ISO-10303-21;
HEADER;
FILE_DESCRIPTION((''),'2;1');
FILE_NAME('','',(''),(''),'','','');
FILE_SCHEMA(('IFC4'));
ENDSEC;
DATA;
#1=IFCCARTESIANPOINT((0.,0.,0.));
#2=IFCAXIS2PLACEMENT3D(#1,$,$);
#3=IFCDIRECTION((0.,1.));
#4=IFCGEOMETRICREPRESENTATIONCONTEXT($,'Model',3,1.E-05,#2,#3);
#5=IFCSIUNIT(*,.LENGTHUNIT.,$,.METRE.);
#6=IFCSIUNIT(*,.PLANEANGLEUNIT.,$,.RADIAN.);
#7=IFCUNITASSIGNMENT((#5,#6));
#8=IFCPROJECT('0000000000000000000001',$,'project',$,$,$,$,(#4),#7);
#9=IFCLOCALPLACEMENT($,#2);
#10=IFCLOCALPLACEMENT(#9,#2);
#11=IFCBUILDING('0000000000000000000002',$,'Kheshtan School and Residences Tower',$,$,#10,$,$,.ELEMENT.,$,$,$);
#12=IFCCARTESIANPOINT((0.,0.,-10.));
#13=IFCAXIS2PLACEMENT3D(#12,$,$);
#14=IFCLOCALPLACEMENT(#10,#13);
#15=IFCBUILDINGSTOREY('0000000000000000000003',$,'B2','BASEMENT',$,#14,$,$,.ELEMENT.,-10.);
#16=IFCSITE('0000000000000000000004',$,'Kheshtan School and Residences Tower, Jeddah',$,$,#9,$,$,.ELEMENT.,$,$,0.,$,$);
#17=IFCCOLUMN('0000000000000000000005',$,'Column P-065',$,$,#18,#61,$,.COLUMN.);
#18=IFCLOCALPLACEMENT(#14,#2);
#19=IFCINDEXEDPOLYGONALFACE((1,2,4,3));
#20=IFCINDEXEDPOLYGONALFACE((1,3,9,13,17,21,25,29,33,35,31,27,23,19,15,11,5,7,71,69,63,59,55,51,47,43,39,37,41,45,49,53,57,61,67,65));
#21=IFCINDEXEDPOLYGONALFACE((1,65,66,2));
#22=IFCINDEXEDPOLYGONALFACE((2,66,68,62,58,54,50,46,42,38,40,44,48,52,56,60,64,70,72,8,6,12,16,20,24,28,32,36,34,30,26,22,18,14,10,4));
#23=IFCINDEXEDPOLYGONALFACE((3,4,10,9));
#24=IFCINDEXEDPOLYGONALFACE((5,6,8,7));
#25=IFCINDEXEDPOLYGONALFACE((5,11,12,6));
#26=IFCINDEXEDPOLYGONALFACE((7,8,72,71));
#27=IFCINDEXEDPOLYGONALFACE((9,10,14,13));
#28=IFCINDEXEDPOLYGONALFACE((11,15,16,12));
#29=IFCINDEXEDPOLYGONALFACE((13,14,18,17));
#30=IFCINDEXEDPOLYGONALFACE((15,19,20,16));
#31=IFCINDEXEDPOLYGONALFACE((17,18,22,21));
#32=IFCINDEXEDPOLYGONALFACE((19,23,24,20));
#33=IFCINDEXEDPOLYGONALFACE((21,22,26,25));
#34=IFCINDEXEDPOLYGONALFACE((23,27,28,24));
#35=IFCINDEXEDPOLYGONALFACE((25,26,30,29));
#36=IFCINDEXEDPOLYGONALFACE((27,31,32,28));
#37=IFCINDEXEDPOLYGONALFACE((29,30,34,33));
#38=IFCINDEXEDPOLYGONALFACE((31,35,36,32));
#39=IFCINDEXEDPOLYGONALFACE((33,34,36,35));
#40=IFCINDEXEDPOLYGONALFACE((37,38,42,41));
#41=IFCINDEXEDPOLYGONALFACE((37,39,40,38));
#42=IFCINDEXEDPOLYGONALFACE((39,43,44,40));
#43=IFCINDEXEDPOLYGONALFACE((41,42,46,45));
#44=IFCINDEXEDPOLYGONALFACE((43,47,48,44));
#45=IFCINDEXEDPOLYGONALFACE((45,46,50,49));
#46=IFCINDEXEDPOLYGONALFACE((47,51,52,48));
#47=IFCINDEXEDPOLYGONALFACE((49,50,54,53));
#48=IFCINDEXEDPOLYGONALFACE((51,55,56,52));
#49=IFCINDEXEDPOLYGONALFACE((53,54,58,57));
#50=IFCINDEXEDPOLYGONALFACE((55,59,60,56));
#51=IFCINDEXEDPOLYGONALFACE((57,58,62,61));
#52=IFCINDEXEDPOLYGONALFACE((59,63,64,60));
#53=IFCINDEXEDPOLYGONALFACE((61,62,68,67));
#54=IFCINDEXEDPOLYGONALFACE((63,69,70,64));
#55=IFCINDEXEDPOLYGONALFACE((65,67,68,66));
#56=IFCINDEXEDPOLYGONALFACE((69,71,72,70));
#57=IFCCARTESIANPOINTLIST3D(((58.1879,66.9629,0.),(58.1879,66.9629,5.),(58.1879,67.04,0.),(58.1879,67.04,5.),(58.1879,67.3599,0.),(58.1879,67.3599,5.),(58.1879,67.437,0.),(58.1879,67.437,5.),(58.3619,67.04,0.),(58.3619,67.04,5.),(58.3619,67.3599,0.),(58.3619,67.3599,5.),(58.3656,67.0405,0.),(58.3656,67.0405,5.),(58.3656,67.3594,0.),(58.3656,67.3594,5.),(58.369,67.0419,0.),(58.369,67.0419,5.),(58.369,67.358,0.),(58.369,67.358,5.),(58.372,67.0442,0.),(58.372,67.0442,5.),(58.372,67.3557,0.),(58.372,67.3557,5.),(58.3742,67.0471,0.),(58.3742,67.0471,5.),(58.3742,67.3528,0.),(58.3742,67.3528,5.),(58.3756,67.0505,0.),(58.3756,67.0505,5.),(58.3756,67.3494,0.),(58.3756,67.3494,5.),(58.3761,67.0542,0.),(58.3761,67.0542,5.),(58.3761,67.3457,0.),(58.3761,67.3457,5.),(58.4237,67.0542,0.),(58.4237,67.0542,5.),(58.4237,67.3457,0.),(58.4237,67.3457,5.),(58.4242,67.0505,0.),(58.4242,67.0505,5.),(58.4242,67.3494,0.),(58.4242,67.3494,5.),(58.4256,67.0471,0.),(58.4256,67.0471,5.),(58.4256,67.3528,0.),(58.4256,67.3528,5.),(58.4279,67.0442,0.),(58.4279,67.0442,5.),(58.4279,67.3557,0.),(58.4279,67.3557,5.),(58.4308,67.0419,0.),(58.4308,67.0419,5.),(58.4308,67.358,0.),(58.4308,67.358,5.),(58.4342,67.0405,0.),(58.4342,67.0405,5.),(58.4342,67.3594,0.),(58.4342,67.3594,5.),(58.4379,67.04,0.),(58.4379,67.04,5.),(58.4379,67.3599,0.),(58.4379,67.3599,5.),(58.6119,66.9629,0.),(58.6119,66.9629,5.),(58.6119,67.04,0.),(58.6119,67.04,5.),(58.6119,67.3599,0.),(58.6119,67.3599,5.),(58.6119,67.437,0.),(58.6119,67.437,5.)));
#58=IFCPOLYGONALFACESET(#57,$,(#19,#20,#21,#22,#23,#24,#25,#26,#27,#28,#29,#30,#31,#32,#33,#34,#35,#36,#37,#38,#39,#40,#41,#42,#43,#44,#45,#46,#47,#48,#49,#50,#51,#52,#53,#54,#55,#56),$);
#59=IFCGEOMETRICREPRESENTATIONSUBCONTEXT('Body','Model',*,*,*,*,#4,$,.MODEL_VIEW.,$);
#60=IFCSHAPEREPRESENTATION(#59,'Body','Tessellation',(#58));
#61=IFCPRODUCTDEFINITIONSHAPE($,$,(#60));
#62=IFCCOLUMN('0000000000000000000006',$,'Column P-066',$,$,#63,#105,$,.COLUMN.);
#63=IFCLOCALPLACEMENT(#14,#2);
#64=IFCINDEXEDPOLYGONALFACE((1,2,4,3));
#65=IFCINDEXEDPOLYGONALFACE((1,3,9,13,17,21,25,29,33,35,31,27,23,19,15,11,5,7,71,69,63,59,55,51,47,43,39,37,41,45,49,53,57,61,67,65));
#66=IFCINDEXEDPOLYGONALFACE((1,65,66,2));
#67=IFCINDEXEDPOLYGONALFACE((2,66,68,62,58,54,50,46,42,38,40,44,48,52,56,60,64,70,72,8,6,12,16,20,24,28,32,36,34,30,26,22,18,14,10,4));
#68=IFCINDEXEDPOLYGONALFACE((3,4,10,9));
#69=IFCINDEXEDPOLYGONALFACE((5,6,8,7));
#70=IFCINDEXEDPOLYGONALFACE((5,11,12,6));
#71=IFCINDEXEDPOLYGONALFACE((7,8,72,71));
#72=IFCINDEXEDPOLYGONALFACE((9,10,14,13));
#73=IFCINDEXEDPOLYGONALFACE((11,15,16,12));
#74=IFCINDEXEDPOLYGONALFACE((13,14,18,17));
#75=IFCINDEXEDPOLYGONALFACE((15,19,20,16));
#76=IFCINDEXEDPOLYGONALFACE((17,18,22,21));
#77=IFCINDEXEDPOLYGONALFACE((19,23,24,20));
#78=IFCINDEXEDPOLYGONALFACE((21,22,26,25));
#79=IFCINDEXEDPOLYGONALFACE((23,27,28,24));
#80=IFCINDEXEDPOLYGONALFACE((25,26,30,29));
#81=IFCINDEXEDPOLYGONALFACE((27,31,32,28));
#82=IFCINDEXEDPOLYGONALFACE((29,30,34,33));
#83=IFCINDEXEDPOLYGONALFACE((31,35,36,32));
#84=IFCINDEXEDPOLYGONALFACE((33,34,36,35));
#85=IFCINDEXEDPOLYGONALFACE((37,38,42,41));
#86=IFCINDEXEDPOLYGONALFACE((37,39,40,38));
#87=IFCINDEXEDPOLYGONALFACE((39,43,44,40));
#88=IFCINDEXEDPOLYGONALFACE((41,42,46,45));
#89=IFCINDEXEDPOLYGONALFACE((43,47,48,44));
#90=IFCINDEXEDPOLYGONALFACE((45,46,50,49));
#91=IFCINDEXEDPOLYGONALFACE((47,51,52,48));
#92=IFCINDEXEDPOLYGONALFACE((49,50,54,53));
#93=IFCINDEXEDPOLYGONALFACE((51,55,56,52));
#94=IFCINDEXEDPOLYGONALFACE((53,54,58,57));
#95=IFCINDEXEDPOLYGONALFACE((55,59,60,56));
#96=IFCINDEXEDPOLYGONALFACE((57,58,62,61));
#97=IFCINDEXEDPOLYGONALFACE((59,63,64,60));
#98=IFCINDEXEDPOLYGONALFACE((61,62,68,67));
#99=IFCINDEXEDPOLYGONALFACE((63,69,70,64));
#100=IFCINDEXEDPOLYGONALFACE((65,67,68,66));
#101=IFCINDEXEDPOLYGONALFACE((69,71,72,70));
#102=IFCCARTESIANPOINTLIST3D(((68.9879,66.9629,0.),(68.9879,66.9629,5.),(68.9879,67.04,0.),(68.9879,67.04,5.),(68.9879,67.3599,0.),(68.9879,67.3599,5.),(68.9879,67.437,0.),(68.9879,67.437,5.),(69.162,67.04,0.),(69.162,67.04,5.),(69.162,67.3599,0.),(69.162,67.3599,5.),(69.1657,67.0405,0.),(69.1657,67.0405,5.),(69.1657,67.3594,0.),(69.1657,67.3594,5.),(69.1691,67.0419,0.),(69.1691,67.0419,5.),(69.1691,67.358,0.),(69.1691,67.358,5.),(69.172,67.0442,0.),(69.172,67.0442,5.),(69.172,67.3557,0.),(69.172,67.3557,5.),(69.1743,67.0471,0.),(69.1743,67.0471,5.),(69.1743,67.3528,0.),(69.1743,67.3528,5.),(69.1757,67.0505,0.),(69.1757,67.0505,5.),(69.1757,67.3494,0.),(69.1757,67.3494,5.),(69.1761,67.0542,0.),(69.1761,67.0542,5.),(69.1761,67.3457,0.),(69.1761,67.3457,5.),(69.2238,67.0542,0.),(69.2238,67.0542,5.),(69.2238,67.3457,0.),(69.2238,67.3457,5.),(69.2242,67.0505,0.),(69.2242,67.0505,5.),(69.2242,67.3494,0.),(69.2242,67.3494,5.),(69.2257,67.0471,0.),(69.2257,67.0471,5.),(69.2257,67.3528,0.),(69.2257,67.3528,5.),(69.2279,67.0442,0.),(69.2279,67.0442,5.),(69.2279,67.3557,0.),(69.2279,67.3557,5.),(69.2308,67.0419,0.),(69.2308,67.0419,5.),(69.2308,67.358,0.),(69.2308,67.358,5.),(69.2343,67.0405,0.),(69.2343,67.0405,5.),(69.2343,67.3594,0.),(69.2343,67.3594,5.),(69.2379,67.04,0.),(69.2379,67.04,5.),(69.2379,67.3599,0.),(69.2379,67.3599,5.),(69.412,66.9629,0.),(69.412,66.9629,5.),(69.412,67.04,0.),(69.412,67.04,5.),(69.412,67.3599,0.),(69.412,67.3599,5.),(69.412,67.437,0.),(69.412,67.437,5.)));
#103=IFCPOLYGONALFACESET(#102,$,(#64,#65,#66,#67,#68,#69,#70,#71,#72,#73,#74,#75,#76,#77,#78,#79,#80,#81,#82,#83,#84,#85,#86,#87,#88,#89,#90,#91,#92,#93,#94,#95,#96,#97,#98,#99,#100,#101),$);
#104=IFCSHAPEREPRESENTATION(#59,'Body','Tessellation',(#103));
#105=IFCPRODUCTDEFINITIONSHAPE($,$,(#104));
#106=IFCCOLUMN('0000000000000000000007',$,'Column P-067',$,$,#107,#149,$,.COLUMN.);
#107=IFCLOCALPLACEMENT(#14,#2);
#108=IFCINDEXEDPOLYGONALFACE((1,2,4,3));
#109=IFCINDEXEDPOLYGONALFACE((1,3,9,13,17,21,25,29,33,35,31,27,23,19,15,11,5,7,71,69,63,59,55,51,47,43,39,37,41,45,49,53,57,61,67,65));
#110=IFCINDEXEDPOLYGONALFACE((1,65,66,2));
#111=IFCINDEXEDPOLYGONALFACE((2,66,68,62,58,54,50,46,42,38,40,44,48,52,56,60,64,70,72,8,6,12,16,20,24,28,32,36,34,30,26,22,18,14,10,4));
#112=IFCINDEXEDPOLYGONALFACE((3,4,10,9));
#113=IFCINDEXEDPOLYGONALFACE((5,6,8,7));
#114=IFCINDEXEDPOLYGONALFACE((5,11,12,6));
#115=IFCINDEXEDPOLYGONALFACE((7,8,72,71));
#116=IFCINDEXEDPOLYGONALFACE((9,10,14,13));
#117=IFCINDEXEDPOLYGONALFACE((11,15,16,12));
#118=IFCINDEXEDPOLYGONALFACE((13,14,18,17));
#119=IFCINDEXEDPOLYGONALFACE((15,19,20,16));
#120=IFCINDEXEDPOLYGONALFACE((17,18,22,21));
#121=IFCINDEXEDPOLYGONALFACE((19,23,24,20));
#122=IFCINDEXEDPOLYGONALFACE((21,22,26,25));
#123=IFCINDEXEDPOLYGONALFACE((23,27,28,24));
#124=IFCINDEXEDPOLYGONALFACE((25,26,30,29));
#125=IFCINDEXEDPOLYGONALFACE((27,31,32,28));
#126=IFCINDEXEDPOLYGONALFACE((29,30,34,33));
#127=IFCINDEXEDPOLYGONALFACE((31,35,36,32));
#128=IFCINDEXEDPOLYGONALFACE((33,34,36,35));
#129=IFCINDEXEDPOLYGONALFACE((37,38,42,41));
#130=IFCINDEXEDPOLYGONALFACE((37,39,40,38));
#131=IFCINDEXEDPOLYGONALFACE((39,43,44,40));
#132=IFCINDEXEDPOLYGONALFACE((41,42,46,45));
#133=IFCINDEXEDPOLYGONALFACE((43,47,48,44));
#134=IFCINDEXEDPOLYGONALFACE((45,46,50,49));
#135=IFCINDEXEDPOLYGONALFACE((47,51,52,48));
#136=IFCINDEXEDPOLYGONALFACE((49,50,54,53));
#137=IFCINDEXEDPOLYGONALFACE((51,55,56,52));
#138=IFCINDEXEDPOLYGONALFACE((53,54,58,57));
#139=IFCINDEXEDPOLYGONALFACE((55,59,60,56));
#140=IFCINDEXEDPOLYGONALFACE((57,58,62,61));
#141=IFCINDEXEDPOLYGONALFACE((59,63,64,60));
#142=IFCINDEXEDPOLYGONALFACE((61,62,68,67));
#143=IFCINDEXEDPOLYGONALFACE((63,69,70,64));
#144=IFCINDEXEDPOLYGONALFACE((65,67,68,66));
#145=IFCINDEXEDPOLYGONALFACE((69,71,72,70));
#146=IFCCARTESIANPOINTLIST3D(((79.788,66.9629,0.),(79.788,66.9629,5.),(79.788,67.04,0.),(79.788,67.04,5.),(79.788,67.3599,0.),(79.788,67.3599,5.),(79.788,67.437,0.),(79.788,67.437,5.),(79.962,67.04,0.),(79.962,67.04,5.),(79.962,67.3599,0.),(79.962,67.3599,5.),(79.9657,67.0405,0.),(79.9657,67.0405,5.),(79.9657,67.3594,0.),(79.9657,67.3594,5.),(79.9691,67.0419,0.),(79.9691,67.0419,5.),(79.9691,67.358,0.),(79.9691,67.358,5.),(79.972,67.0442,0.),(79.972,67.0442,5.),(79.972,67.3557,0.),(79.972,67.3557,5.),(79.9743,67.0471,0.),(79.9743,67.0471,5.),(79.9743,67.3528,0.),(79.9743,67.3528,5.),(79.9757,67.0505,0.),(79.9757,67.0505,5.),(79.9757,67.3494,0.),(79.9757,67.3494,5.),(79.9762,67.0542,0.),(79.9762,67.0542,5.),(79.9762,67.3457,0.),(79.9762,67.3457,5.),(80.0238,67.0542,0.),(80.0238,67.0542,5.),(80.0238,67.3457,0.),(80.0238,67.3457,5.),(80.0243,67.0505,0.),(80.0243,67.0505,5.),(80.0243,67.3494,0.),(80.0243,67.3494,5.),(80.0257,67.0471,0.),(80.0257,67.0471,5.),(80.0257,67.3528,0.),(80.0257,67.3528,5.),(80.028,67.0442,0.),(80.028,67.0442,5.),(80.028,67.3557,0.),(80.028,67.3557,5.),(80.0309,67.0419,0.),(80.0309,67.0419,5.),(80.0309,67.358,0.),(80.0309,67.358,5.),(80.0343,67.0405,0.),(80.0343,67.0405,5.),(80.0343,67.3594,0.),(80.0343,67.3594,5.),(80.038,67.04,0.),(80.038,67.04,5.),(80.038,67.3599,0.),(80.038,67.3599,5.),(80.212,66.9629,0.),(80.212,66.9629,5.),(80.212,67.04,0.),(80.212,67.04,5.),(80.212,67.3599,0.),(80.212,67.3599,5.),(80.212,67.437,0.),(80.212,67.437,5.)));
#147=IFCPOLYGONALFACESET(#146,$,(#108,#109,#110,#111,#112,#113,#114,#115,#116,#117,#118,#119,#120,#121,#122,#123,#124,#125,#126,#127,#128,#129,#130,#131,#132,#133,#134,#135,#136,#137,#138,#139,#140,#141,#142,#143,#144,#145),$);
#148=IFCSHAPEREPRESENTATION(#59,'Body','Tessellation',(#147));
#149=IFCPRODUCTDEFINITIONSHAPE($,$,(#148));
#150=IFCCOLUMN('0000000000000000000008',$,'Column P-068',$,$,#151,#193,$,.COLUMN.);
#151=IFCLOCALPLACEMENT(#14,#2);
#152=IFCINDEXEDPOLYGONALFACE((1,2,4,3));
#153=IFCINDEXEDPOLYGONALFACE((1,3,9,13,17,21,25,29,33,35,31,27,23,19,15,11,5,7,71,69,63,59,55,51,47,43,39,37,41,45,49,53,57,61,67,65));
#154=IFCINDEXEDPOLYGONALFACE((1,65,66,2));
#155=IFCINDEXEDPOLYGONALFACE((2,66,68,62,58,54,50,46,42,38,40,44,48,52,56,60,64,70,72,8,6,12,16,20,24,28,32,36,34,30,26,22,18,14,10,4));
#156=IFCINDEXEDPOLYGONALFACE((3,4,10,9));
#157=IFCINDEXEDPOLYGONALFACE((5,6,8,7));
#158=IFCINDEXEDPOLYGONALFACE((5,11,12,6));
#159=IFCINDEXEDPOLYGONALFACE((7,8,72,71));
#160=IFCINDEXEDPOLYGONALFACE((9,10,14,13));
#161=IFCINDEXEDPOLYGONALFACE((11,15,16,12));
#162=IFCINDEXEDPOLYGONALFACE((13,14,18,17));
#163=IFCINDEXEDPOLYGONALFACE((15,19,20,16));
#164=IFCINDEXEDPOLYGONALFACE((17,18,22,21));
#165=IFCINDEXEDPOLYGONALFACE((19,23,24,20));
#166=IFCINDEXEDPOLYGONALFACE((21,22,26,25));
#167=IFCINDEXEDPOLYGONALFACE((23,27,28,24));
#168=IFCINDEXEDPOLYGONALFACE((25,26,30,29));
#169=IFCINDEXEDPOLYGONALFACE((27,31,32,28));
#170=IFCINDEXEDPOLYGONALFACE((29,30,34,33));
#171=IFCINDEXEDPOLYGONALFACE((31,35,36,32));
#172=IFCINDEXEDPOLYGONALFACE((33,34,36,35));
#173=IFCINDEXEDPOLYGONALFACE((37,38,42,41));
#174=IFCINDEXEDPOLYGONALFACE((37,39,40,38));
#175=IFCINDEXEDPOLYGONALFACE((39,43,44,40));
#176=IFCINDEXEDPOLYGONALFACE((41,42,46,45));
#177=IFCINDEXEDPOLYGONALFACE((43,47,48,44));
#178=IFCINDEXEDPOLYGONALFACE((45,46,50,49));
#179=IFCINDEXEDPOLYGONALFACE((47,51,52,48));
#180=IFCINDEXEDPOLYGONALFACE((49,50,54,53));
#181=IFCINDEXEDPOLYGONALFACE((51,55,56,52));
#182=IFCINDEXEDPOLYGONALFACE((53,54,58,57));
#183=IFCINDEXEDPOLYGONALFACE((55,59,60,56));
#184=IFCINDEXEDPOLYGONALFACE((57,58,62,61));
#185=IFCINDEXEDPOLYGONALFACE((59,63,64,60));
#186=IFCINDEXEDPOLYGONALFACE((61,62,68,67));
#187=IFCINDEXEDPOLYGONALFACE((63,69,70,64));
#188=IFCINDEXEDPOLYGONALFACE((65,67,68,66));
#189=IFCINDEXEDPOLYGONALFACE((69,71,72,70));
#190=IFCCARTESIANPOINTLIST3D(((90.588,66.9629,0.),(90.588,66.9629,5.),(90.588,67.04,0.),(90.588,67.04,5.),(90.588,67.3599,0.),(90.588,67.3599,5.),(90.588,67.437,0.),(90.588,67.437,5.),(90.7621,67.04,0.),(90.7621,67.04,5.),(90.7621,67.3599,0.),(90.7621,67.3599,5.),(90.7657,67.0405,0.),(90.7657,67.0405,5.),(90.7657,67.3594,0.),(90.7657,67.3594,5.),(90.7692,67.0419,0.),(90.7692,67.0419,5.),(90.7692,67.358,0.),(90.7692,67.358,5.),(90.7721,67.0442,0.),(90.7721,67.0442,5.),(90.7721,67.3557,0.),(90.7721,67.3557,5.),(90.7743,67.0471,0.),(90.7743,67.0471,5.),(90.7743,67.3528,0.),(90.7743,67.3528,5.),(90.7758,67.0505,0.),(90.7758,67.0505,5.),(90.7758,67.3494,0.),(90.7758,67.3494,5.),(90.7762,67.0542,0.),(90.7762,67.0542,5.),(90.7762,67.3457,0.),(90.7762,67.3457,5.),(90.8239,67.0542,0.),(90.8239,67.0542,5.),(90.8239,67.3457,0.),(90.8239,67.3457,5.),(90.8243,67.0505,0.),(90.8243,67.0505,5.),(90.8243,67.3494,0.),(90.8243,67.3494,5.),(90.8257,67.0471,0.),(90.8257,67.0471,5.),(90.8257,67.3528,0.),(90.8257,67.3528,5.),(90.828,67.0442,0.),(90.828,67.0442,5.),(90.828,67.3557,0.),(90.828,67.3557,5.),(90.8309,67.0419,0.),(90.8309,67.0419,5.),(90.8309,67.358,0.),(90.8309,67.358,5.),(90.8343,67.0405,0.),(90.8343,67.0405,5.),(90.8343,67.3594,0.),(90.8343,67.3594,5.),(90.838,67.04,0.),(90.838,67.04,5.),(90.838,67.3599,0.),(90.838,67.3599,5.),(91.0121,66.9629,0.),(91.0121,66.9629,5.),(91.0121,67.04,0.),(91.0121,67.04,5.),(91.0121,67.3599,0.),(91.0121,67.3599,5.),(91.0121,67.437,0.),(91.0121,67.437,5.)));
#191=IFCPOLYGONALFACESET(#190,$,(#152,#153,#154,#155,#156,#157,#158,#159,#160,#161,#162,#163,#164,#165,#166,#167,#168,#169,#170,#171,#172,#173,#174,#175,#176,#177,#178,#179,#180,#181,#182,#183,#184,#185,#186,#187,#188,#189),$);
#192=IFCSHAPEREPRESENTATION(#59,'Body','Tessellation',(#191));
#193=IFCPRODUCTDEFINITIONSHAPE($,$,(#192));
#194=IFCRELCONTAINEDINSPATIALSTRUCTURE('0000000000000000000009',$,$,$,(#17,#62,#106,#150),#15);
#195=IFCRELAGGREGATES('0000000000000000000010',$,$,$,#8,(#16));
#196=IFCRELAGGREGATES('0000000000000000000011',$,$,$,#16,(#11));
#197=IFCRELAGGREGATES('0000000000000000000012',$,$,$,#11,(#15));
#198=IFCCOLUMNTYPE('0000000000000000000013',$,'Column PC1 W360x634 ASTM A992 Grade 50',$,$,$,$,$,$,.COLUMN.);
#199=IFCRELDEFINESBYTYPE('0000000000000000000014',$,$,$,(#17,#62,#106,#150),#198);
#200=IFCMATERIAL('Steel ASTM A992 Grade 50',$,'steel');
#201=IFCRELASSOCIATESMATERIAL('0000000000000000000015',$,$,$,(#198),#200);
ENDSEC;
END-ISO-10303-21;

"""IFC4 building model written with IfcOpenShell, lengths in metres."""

from ifc_helpers import new_model, si_unit, direction, frame, origin, origin_2d, place, context, subcontext, project, spatial, i_section, extrude, material, material_profile, profile_set, type_object, element, save


model = new_model("IFC4")

# Units and contexts
model_context = context("Model", 3, precision=1e-05, world=origin(), true_north=direction((0.0, 1.0)))
body_context = subcontext(model_context, "Body", "Model", "MODEL_VIEW")
ifc_project = project(units=[si_unit("LENGTHUNIT", "METRE"), si_unit("PLANEANGLEUNIT", "RADIAN")], contexts=[model_context])

# Site, building, storey
site_placement = place(None, origin())
site = spatial("IfcSite", under=ifc_project, at=site_placement, Name="Kheshtan School and Residences Tower, Jeddah", CompositionType="ELEMENT", RefElevation=0.0)
building_placement = place(site_placement, origin())
building = spatial("IfcBuilding", under=site, at=building_placement, Name="Kheshtan School and Residences Tower", CompositionType="ELEMENT")
storey_placement = place(building_placement, frame((0.0, 0.0, -10.0)))
storey = spatial("IfcBuildingStorey", under=building, at=storey_placement, Name="B2", Description="BASEMENT", CompositionType="ELEMENT", Elevation=-10.0)

# Columns
ifc_material_1 = material(Name="Steel ASTM A992 Grade 50", Category="steel")
ifc_material_profile_1 = material_profile(ifc_material_1, i_section(OverallWidth=0.4241, OverallDepth=0.4741, WebThickness=0.0476, FlangeThickness=0.0771, FilletRadius=0.0142, at=origin_2d()), Name="W360x634")
ifc_profile_set_1 = profile_set([ifc_material_profile_1], Name="Steel ASTM A992 Grade 50")
column_type = type_object("IfcColumnType", Name="Column PC1 W360x634 ASTM A992 Grade 50", PredefinedType="COLUMN", material=ifc_profile_set_1)
for number, where, z_axis, x_axis, name in (
    (1, (58.3999, 67.2, 0.0), (0.0, 0.0, 1.0), (1.0, 0.0, 0.0), "Column P-065"),
    (2, (69.2, 67.2, 0.0), (0.0, 0.0, 1.0), (1.0, 0.0, 0.0), "Column P-066"),
    (3, (80.0, 67.2, 0.0), (0.0, 0.0, 1.0), (1.0, 0.0, 0.0), "Column P-067"),
    (4, (90.8, 67.2, 0.0), (0.0, 0.0, 1.0), (1.0, 0.0, 0.0), "Column P-068"),
):
    element("IfcColumn", number, at=place(storey_placement, frame(where, z_axis=z_axis, x_axis=x_axis)), inside=storey, type_object=column_type, Name=name, PredefinedType="COLUMN", context=body_context, shape_type="SweptSolid", body=[
        extrude(i_section(OverallWidth=0.4241, OverallDepth=0.4741, WebThickness=0.0476, FlangeThickness=0.0771, FilletRadius=0.0142, at=origin_2d()), origin(), (0.0, 0.0, 1.0), 5.0),
    ])

save(model, "model.ifc")
